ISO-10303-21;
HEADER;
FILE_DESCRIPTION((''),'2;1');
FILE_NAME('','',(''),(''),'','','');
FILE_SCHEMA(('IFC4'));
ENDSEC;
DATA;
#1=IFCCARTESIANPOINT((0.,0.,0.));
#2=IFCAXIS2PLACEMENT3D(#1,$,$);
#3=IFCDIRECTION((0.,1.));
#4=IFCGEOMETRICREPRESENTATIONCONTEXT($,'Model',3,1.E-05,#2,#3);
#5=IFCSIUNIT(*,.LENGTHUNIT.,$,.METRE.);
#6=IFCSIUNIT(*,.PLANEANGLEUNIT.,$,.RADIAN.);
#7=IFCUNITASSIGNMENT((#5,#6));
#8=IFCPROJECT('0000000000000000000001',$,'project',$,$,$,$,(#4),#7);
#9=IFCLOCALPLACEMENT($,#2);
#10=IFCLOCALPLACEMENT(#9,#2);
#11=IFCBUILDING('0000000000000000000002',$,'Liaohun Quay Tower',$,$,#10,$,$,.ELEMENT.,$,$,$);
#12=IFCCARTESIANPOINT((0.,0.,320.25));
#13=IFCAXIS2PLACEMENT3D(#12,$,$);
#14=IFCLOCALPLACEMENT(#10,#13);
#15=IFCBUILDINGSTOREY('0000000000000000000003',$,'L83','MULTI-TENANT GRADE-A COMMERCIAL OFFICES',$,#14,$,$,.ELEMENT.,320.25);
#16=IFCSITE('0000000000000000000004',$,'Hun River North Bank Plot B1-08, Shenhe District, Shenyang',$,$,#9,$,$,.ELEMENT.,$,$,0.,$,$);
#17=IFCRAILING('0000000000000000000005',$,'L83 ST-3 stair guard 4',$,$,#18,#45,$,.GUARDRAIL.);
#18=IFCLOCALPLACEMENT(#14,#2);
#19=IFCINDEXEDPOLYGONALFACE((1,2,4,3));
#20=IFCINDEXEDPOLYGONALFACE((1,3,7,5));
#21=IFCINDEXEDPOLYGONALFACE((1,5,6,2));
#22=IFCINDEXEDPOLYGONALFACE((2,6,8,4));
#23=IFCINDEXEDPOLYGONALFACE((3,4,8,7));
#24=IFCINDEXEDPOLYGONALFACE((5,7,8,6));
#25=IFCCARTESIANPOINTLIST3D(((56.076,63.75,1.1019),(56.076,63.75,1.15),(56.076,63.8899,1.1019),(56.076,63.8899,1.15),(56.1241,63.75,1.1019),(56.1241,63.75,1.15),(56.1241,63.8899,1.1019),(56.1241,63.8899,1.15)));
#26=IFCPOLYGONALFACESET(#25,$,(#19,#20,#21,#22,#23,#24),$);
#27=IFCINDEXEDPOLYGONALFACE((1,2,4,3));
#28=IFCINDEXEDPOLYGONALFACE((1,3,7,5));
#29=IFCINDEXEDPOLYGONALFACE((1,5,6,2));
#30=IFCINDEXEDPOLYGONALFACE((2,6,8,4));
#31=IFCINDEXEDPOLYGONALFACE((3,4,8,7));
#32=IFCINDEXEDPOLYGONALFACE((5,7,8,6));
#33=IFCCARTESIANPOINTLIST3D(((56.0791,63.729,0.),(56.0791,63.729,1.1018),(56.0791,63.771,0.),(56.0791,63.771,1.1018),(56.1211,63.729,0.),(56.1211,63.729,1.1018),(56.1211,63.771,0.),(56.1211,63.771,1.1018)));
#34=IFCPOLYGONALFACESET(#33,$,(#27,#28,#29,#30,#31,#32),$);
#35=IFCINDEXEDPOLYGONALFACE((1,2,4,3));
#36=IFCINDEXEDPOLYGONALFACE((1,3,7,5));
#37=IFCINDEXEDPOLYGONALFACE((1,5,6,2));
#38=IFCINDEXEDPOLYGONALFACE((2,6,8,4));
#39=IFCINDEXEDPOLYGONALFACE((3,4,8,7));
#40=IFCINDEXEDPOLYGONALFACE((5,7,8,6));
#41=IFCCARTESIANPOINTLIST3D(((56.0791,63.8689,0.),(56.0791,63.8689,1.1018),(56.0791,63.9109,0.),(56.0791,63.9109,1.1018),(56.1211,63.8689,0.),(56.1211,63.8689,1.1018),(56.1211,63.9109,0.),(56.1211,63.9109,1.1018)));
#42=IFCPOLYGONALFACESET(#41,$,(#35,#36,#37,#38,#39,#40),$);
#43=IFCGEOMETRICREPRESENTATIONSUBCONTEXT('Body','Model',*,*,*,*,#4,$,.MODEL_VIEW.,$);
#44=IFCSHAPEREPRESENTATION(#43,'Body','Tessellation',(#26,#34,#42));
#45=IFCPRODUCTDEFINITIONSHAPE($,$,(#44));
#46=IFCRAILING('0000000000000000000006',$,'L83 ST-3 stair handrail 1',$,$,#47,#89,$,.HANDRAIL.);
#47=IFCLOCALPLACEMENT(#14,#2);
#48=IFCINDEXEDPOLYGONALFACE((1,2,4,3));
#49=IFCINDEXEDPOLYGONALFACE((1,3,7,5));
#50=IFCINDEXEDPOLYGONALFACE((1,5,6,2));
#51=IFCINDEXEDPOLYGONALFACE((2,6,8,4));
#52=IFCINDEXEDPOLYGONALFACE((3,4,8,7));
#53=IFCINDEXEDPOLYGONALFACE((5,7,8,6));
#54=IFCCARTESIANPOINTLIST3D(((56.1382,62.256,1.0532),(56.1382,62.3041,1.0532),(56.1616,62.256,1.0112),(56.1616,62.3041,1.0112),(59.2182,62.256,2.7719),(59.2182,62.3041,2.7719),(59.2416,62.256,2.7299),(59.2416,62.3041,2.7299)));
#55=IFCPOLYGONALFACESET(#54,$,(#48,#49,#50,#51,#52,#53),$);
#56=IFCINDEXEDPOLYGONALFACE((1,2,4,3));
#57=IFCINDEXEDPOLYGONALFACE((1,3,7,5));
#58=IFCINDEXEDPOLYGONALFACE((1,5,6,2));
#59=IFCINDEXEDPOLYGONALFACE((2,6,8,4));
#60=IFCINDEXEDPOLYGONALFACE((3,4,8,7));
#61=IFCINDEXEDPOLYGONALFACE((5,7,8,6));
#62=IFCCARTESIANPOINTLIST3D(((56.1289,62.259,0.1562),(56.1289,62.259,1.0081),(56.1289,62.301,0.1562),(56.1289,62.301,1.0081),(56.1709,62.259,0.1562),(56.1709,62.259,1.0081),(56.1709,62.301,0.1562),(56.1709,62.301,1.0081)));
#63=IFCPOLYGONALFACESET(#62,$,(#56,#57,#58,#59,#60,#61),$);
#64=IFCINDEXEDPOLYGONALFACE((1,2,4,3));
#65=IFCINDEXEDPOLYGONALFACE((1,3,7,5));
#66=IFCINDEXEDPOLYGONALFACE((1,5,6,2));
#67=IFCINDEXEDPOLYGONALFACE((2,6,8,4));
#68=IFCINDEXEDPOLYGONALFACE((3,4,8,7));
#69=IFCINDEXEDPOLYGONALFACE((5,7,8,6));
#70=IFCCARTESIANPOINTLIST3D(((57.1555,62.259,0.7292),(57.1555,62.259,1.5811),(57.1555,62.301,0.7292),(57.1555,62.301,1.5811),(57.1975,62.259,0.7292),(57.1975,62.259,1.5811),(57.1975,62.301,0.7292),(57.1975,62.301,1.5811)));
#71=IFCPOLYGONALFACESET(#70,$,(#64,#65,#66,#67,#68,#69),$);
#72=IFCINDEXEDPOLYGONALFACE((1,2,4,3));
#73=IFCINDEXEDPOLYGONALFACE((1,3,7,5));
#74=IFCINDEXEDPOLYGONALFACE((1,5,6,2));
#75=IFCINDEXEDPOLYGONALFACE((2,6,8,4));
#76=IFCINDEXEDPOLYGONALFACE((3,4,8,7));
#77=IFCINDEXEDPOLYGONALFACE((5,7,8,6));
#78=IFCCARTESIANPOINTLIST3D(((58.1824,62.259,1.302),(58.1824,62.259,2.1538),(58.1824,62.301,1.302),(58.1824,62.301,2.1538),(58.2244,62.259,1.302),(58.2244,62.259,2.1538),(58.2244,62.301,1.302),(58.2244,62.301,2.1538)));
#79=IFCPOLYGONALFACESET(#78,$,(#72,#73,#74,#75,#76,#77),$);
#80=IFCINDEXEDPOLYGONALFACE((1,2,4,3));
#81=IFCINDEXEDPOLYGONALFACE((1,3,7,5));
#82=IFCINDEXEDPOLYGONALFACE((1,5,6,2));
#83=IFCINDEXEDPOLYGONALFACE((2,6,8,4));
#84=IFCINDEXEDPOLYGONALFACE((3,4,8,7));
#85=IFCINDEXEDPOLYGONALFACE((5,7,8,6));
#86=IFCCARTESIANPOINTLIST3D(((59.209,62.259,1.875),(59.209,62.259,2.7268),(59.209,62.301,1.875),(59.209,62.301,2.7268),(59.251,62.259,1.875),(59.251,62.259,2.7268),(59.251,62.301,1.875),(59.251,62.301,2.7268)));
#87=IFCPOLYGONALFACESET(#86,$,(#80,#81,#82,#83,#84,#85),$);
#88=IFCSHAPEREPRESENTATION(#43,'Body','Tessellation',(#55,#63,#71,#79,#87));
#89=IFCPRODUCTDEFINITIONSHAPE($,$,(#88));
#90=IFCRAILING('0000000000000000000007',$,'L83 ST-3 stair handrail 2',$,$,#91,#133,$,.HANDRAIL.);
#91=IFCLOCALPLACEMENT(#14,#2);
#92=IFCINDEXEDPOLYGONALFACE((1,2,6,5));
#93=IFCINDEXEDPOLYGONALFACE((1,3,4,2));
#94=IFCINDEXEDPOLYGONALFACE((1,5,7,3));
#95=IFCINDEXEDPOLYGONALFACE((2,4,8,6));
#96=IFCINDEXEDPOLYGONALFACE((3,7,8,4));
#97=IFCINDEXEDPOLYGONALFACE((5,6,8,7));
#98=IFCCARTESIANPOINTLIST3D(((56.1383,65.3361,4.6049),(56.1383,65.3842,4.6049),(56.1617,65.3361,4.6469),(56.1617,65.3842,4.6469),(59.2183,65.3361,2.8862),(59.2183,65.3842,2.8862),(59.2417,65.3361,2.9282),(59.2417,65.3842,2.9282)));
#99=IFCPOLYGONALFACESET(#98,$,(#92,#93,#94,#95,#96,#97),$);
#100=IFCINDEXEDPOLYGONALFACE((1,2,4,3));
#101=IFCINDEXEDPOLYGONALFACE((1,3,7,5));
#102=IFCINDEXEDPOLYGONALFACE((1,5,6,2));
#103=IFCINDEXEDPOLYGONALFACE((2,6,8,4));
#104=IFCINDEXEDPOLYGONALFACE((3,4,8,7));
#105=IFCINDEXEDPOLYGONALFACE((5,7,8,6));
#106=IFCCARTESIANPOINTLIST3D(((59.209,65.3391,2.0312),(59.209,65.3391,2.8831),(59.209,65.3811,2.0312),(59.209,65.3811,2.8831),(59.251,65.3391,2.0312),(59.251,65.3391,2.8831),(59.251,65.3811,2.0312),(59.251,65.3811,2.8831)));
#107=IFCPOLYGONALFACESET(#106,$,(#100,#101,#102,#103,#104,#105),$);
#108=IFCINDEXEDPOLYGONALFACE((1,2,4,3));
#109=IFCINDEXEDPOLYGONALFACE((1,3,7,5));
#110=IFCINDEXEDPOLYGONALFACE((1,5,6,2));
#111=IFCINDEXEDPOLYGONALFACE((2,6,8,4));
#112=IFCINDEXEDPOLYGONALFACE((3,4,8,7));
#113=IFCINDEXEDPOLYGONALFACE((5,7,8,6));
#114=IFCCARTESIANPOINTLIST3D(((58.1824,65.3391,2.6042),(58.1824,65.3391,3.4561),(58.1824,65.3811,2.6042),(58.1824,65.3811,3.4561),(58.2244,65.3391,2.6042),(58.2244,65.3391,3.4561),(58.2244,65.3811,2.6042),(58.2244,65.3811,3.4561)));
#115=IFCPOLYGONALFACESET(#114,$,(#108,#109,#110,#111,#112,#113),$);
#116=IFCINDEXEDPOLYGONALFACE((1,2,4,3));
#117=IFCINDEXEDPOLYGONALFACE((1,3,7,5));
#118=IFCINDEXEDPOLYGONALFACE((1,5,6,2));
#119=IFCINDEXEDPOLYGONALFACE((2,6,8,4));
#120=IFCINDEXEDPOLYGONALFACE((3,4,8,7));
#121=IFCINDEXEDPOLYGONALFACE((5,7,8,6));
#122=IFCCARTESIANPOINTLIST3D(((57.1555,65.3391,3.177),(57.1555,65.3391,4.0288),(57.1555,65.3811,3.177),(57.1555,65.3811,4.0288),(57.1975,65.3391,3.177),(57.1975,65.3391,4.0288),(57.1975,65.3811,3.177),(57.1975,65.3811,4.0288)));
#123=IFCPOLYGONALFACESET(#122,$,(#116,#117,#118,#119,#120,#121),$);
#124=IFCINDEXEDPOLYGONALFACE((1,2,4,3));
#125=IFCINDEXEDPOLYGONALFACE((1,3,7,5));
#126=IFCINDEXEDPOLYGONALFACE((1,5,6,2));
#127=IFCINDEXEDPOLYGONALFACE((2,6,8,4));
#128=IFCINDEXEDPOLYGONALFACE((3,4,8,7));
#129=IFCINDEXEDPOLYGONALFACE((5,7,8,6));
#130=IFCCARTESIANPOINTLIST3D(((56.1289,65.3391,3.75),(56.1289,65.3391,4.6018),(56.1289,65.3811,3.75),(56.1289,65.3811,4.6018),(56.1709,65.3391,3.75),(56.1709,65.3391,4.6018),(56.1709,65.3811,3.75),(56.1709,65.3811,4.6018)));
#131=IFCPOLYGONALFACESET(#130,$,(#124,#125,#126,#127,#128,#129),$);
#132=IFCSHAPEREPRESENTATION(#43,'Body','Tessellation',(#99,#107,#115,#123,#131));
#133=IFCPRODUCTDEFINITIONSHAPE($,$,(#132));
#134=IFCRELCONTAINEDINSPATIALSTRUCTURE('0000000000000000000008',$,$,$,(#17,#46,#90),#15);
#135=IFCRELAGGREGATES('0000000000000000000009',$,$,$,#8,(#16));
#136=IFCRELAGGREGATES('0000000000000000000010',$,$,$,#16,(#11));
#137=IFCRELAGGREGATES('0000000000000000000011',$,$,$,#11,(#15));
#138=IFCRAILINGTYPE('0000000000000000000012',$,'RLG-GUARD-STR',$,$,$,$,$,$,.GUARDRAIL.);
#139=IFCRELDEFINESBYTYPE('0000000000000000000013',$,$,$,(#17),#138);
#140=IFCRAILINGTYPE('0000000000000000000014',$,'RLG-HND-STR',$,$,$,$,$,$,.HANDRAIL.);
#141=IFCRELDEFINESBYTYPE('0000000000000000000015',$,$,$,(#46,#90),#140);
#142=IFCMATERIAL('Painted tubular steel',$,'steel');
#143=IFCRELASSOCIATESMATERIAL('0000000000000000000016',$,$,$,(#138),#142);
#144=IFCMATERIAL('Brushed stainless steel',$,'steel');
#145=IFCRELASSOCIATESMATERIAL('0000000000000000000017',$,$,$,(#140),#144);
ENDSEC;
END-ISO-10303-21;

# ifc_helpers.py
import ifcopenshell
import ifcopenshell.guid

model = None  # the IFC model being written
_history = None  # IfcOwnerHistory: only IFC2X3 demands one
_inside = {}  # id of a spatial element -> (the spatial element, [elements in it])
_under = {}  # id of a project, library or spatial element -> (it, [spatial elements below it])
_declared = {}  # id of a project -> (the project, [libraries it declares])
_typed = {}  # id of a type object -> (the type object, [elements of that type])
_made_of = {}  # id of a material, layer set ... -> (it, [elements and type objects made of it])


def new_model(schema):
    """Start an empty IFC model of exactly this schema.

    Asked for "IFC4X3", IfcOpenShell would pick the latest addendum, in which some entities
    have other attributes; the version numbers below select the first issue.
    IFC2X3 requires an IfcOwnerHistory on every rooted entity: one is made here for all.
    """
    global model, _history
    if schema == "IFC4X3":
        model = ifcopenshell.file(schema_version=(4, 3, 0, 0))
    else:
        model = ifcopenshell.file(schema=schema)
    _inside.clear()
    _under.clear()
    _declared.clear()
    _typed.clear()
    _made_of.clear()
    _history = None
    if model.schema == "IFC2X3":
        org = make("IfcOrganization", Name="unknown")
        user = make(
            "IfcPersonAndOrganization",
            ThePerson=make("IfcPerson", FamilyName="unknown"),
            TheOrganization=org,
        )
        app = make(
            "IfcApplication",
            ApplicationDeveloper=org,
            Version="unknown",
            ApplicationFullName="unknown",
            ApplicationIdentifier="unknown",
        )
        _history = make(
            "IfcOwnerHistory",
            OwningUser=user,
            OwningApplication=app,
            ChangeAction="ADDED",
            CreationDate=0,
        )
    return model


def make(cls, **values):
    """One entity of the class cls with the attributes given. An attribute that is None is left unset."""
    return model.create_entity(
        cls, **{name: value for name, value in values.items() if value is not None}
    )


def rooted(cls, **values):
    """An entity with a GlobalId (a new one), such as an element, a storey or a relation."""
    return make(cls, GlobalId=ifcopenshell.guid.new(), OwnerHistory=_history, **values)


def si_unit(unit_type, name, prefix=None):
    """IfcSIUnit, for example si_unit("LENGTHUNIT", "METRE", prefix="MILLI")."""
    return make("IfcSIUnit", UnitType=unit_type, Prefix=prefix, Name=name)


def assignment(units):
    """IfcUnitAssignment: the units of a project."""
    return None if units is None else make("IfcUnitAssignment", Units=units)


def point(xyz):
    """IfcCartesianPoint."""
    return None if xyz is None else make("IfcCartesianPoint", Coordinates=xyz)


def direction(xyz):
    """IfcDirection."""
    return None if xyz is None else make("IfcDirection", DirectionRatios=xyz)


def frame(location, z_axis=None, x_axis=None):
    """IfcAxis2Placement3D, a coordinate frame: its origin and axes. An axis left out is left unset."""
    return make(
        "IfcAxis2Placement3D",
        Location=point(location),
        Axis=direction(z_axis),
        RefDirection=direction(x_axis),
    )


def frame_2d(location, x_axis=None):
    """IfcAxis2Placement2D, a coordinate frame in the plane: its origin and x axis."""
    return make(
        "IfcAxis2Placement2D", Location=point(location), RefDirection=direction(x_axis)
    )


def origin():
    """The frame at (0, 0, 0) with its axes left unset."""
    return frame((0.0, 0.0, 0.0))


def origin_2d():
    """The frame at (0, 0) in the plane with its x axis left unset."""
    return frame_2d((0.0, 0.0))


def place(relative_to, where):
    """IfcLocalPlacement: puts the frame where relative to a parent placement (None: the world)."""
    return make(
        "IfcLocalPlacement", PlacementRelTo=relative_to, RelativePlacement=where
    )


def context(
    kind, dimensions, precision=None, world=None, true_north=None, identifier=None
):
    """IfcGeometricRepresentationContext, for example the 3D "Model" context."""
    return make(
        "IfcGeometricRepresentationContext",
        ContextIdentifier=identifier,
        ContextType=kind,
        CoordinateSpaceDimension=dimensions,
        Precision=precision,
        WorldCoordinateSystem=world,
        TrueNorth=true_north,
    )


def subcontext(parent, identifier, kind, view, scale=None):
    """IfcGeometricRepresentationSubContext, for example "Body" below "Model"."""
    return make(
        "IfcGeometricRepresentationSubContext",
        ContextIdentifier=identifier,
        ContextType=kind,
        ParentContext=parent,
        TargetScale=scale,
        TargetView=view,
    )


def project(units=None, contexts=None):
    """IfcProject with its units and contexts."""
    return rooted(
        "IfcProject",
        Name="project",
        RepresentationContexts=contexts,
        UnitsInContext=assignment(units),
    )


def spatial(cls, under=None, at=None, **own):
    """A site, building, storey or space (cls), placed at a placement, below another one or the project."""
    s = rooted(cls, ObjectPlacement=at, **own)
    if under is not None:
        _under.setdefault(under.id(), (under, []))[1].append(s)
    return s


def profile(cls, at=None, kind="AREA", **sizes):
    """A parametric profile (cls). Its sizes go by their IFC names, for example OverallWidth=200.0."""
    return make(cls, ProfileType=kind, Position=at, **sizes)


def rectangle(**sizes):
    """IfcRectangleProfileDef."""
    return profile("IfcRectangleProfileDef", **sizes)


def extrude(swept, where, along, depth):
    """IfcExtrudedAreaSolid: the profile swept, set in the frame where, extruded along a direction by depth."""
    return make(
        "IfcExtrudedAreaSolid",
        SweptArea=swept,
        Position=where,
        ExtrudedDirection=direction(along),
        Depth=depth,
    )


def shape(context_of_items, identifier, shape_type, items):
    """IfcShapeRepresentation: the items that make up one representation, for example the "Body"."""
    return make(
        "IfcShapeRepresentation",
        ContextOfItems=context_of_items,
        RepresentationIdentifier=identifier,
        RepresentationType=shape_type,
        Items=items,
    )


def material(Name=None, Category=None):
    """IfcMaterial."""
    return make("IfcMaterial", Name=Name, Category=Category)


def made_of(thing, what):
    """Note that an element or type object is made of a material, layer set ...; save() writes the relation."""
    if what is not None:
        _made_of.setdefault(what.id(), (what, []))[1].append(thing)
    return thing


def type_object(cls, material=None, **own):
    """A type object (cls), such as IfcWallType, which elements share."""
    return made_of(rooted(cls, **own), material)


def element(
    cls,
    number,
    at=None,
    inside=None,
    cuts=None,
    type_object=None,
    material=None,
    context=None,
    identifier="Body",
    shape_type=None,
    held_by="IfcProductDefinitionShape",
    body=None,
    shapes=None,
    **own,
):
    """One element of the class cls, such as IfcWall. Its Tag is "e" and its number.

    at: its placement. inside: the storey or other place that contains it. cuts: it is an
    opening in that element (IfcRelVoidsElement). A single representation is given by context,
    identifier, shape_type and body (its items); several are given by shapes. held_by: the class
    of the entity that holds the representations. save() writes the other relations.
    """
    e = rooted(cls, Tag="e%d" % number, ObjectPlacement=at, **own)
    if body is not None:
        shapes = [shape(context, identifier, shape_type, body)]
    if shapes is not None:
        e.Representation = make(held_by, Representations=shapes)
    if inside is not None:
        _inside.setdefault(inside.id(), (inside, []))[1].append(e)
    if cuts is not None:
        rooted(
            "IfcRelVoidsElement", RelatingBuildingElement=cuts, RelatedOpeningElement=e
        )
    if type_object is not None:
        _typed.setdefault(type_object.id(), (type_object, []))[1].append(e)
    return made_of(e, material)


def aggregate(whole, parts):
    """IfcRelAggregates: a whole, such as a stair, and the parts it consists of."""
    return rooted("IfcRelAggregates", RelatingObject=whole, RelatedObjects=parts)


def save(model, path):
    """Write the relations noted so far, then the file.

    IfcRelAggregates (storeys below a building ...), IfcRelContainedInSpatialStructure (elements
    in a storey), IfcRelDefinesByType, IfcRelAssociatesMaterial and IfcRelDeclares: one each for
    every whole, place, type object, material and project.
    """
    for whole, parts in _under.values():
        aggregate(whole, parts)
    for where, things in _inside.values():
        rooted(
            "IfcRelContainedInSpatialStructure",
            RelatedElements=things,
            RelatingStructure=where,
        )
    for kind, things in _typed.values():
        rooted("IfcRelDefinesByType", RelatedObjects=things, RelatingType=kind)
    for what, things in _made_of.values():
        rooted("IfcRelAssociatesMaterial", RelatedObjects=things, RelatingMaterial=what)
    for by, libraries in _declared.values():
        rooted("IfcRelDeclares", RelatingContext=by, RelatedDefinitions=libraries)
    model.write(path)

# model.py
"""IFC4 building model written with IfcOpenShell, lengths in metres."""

from ifc_helpers import new_model, si_unit, direction, frame, origin, origin_2d, place, context, subcontext, project, spatial, rectangle, extrude, material, type_object, element, save


model = new_model("IFC4")

# Units and contexts
model_context = context("Model", 3, precision=1e-05, world=origin(), true_north=direction((0.0, 1.0)))
body_context = subcontext(model_context, "Body", "Model", "MODEL_VIEW")
ifc_project = project(units=[si_unit("LENGTHUNIT", "METRE"), si_unit("PLANEANGLEUNIT", "RADIAN")], contexts=[model_context])

# Site, building, storey
site_placement = place(None, origin())
site = spatial("IfcSite", under=ifc_project, at=site_placement, Name="Hun River North Bank Plot B1-08, Shenhe District, Shenyang", CompositionType="ELEMENT", RefElevation=0.0)
building_placement = place(site_placement, origin())
building = spatial("IfcBuilding", under=site, at=building_placement, Name="Liaohun Quay Tower", CompositionType="ELEMENT")
storey_placement = place(building_placement, frame((0.0, 0.0, 320.25)))
storey = spatial("IfcBuildingStorey", under=building, at=storey_placement, Name="L83", Description="MULTI-TENANT GRADE-A COMMERCIAL OFFICES", CompositionType="ELEMENT", Elevation=320.25)

# Railings
ifc_material_1 = material(Name="Painted tubular steel", Category="steel")
railing_type_1 = type_object("IfcRailingType", Name="RLG-GUARD-STR", PredefinedType="GUARDRAIL", material=ifc_material_1)
railing_1_placement = place(storey_placement, frame((56.1001, 63.75, 0.0)))
element("IfcRailing", 1, at=railing_1_placement, inside=storey, type_object=railing_type_1, Name="L83 ST-3 stair guard 4", PredefinedType="GUARDRAIL", context=body_context, shape_type="SweptSolid", body=[
    extrude(rectangle(XDim=0.0481, YDim=0.0481, at=origin_2d()), frame((0.0, 0.0, 1.126), z_axis=(0.0, 1.0, 0.0), x_axis=(-1.0, 0.0, 0.0)), (0.0, 0.0, 1.0), 0.1399),
    extrude(rectangle(XDim=0.042, YDim=0.042, at=origin_2d()), origin(), (0.0, 0.0, 1.0), 1.1018),
    extrude(rectangle(XDim=0.042, YDim=0.042, at=origin_2d()), frame((0.0, 0.1399, 0.0)), (0.0, 0.0, 1.0), 1.1018),
])
ifc_material_2 = material(Name="Brushed stainless steel", Category="steel")
railing_type_2 = type_object("IfcRailingType", Name="RLG-HND-STR", PredefinedType="HANDRAIL", material=ifc_material_2)
railing_2_placement = place(storey_placement, frame((56.1499, 62.28, 0.1562)))
element("IfcRailing", 2, at=railing_2_placement, inside=storey, type_object=railing_type_2, Name="L83 ST-3 stair handrail 1", PredefinedType="HANDRAIL", context=body_context, shape_type="SweptSolid", body=[
    extrude(rectangle(XDim=0.0481, YDim=0.0481, at=origin_2d()), frame((0.0, 0.0, 0.876), z_axis=(0.873242, 0.0, 0.487288), x_axis=(0.0, 1.0, 0.0)), (0.0, 0.0, 1.0), 3.5271),
    extrude(rectangle(XDim=0.042, YDim=0.042, at=origin_2d()), origin(), (0.0, 0.0, 1.0), 0.8518),
    extrude(rectangle(XDim=0.042, YDim=0.042, at=origin_2d()), frame((1.0266, 0.0, 0.573)), (0.0, 0.0, 1.0), 0.8518),
    extrude(rectangle(XDim=0.042, YDim=0.042, at=origin_2d()), frame((2.0535, 0.0, 1.1458)), (0.0, 0.0, 1.0), 0.8518),
    extrude(rectangle(XDim=0.042, YDim=0.042, at=origin_2d()), frame((3.0801, 0.0, 1.7188)), (0.0, 0.0, 1.0), 0.8518),
])
railing_3_placement = place(storey_placement, frame((59.23, 65.3601, 2.0312)))
element("IfcRailing", 3, at=railing_3_placement, inside=storey, type_object=railing_type_2, Name="L83 ST-3 stair handrail 2", PredefinedType="HANDRAIL", context=body_context, shape_type="SweptSolid", body=[
    extrude(rectangle(XDim=0.0481, YDim=0.0481, at=origin_2d()), frame((0.0, 0.0, 0.876), z_axis=(-0.873242, 0.0, 0.487288), x_axis=(0.0, -1.0, 0.0)), (0.0, 0.0, 1.0), 3.5271),
    extrude(rectangle(XDim=0.042, YDim=0.042, at=origin_2d()), origin(), (0.0, 0.0, 1.0), 0.8518),
    extrude(rectangle(XDim=0.042, YDim=0.042, at=origin_2d()), frame((-1.0266, 0.0, 0.573)), (0.0, 0.0, 1.0), 0.8518),
    extrude(rectangle(XDim=0.042, YDim=0.042, at=origin_2d()), frame((-2.0535, 0.0, 1.1458)), (0.0, 0.0, 1.0), 0.8518),
    extrude(rectangle(XDim=0.042, YDim=0.042, at=origin_2d()), frame((-3.0801, 0.0, 1.7188)), (0.0, 0.0, 1.0), 0.8518),
])

save(model, "model.ifc")
